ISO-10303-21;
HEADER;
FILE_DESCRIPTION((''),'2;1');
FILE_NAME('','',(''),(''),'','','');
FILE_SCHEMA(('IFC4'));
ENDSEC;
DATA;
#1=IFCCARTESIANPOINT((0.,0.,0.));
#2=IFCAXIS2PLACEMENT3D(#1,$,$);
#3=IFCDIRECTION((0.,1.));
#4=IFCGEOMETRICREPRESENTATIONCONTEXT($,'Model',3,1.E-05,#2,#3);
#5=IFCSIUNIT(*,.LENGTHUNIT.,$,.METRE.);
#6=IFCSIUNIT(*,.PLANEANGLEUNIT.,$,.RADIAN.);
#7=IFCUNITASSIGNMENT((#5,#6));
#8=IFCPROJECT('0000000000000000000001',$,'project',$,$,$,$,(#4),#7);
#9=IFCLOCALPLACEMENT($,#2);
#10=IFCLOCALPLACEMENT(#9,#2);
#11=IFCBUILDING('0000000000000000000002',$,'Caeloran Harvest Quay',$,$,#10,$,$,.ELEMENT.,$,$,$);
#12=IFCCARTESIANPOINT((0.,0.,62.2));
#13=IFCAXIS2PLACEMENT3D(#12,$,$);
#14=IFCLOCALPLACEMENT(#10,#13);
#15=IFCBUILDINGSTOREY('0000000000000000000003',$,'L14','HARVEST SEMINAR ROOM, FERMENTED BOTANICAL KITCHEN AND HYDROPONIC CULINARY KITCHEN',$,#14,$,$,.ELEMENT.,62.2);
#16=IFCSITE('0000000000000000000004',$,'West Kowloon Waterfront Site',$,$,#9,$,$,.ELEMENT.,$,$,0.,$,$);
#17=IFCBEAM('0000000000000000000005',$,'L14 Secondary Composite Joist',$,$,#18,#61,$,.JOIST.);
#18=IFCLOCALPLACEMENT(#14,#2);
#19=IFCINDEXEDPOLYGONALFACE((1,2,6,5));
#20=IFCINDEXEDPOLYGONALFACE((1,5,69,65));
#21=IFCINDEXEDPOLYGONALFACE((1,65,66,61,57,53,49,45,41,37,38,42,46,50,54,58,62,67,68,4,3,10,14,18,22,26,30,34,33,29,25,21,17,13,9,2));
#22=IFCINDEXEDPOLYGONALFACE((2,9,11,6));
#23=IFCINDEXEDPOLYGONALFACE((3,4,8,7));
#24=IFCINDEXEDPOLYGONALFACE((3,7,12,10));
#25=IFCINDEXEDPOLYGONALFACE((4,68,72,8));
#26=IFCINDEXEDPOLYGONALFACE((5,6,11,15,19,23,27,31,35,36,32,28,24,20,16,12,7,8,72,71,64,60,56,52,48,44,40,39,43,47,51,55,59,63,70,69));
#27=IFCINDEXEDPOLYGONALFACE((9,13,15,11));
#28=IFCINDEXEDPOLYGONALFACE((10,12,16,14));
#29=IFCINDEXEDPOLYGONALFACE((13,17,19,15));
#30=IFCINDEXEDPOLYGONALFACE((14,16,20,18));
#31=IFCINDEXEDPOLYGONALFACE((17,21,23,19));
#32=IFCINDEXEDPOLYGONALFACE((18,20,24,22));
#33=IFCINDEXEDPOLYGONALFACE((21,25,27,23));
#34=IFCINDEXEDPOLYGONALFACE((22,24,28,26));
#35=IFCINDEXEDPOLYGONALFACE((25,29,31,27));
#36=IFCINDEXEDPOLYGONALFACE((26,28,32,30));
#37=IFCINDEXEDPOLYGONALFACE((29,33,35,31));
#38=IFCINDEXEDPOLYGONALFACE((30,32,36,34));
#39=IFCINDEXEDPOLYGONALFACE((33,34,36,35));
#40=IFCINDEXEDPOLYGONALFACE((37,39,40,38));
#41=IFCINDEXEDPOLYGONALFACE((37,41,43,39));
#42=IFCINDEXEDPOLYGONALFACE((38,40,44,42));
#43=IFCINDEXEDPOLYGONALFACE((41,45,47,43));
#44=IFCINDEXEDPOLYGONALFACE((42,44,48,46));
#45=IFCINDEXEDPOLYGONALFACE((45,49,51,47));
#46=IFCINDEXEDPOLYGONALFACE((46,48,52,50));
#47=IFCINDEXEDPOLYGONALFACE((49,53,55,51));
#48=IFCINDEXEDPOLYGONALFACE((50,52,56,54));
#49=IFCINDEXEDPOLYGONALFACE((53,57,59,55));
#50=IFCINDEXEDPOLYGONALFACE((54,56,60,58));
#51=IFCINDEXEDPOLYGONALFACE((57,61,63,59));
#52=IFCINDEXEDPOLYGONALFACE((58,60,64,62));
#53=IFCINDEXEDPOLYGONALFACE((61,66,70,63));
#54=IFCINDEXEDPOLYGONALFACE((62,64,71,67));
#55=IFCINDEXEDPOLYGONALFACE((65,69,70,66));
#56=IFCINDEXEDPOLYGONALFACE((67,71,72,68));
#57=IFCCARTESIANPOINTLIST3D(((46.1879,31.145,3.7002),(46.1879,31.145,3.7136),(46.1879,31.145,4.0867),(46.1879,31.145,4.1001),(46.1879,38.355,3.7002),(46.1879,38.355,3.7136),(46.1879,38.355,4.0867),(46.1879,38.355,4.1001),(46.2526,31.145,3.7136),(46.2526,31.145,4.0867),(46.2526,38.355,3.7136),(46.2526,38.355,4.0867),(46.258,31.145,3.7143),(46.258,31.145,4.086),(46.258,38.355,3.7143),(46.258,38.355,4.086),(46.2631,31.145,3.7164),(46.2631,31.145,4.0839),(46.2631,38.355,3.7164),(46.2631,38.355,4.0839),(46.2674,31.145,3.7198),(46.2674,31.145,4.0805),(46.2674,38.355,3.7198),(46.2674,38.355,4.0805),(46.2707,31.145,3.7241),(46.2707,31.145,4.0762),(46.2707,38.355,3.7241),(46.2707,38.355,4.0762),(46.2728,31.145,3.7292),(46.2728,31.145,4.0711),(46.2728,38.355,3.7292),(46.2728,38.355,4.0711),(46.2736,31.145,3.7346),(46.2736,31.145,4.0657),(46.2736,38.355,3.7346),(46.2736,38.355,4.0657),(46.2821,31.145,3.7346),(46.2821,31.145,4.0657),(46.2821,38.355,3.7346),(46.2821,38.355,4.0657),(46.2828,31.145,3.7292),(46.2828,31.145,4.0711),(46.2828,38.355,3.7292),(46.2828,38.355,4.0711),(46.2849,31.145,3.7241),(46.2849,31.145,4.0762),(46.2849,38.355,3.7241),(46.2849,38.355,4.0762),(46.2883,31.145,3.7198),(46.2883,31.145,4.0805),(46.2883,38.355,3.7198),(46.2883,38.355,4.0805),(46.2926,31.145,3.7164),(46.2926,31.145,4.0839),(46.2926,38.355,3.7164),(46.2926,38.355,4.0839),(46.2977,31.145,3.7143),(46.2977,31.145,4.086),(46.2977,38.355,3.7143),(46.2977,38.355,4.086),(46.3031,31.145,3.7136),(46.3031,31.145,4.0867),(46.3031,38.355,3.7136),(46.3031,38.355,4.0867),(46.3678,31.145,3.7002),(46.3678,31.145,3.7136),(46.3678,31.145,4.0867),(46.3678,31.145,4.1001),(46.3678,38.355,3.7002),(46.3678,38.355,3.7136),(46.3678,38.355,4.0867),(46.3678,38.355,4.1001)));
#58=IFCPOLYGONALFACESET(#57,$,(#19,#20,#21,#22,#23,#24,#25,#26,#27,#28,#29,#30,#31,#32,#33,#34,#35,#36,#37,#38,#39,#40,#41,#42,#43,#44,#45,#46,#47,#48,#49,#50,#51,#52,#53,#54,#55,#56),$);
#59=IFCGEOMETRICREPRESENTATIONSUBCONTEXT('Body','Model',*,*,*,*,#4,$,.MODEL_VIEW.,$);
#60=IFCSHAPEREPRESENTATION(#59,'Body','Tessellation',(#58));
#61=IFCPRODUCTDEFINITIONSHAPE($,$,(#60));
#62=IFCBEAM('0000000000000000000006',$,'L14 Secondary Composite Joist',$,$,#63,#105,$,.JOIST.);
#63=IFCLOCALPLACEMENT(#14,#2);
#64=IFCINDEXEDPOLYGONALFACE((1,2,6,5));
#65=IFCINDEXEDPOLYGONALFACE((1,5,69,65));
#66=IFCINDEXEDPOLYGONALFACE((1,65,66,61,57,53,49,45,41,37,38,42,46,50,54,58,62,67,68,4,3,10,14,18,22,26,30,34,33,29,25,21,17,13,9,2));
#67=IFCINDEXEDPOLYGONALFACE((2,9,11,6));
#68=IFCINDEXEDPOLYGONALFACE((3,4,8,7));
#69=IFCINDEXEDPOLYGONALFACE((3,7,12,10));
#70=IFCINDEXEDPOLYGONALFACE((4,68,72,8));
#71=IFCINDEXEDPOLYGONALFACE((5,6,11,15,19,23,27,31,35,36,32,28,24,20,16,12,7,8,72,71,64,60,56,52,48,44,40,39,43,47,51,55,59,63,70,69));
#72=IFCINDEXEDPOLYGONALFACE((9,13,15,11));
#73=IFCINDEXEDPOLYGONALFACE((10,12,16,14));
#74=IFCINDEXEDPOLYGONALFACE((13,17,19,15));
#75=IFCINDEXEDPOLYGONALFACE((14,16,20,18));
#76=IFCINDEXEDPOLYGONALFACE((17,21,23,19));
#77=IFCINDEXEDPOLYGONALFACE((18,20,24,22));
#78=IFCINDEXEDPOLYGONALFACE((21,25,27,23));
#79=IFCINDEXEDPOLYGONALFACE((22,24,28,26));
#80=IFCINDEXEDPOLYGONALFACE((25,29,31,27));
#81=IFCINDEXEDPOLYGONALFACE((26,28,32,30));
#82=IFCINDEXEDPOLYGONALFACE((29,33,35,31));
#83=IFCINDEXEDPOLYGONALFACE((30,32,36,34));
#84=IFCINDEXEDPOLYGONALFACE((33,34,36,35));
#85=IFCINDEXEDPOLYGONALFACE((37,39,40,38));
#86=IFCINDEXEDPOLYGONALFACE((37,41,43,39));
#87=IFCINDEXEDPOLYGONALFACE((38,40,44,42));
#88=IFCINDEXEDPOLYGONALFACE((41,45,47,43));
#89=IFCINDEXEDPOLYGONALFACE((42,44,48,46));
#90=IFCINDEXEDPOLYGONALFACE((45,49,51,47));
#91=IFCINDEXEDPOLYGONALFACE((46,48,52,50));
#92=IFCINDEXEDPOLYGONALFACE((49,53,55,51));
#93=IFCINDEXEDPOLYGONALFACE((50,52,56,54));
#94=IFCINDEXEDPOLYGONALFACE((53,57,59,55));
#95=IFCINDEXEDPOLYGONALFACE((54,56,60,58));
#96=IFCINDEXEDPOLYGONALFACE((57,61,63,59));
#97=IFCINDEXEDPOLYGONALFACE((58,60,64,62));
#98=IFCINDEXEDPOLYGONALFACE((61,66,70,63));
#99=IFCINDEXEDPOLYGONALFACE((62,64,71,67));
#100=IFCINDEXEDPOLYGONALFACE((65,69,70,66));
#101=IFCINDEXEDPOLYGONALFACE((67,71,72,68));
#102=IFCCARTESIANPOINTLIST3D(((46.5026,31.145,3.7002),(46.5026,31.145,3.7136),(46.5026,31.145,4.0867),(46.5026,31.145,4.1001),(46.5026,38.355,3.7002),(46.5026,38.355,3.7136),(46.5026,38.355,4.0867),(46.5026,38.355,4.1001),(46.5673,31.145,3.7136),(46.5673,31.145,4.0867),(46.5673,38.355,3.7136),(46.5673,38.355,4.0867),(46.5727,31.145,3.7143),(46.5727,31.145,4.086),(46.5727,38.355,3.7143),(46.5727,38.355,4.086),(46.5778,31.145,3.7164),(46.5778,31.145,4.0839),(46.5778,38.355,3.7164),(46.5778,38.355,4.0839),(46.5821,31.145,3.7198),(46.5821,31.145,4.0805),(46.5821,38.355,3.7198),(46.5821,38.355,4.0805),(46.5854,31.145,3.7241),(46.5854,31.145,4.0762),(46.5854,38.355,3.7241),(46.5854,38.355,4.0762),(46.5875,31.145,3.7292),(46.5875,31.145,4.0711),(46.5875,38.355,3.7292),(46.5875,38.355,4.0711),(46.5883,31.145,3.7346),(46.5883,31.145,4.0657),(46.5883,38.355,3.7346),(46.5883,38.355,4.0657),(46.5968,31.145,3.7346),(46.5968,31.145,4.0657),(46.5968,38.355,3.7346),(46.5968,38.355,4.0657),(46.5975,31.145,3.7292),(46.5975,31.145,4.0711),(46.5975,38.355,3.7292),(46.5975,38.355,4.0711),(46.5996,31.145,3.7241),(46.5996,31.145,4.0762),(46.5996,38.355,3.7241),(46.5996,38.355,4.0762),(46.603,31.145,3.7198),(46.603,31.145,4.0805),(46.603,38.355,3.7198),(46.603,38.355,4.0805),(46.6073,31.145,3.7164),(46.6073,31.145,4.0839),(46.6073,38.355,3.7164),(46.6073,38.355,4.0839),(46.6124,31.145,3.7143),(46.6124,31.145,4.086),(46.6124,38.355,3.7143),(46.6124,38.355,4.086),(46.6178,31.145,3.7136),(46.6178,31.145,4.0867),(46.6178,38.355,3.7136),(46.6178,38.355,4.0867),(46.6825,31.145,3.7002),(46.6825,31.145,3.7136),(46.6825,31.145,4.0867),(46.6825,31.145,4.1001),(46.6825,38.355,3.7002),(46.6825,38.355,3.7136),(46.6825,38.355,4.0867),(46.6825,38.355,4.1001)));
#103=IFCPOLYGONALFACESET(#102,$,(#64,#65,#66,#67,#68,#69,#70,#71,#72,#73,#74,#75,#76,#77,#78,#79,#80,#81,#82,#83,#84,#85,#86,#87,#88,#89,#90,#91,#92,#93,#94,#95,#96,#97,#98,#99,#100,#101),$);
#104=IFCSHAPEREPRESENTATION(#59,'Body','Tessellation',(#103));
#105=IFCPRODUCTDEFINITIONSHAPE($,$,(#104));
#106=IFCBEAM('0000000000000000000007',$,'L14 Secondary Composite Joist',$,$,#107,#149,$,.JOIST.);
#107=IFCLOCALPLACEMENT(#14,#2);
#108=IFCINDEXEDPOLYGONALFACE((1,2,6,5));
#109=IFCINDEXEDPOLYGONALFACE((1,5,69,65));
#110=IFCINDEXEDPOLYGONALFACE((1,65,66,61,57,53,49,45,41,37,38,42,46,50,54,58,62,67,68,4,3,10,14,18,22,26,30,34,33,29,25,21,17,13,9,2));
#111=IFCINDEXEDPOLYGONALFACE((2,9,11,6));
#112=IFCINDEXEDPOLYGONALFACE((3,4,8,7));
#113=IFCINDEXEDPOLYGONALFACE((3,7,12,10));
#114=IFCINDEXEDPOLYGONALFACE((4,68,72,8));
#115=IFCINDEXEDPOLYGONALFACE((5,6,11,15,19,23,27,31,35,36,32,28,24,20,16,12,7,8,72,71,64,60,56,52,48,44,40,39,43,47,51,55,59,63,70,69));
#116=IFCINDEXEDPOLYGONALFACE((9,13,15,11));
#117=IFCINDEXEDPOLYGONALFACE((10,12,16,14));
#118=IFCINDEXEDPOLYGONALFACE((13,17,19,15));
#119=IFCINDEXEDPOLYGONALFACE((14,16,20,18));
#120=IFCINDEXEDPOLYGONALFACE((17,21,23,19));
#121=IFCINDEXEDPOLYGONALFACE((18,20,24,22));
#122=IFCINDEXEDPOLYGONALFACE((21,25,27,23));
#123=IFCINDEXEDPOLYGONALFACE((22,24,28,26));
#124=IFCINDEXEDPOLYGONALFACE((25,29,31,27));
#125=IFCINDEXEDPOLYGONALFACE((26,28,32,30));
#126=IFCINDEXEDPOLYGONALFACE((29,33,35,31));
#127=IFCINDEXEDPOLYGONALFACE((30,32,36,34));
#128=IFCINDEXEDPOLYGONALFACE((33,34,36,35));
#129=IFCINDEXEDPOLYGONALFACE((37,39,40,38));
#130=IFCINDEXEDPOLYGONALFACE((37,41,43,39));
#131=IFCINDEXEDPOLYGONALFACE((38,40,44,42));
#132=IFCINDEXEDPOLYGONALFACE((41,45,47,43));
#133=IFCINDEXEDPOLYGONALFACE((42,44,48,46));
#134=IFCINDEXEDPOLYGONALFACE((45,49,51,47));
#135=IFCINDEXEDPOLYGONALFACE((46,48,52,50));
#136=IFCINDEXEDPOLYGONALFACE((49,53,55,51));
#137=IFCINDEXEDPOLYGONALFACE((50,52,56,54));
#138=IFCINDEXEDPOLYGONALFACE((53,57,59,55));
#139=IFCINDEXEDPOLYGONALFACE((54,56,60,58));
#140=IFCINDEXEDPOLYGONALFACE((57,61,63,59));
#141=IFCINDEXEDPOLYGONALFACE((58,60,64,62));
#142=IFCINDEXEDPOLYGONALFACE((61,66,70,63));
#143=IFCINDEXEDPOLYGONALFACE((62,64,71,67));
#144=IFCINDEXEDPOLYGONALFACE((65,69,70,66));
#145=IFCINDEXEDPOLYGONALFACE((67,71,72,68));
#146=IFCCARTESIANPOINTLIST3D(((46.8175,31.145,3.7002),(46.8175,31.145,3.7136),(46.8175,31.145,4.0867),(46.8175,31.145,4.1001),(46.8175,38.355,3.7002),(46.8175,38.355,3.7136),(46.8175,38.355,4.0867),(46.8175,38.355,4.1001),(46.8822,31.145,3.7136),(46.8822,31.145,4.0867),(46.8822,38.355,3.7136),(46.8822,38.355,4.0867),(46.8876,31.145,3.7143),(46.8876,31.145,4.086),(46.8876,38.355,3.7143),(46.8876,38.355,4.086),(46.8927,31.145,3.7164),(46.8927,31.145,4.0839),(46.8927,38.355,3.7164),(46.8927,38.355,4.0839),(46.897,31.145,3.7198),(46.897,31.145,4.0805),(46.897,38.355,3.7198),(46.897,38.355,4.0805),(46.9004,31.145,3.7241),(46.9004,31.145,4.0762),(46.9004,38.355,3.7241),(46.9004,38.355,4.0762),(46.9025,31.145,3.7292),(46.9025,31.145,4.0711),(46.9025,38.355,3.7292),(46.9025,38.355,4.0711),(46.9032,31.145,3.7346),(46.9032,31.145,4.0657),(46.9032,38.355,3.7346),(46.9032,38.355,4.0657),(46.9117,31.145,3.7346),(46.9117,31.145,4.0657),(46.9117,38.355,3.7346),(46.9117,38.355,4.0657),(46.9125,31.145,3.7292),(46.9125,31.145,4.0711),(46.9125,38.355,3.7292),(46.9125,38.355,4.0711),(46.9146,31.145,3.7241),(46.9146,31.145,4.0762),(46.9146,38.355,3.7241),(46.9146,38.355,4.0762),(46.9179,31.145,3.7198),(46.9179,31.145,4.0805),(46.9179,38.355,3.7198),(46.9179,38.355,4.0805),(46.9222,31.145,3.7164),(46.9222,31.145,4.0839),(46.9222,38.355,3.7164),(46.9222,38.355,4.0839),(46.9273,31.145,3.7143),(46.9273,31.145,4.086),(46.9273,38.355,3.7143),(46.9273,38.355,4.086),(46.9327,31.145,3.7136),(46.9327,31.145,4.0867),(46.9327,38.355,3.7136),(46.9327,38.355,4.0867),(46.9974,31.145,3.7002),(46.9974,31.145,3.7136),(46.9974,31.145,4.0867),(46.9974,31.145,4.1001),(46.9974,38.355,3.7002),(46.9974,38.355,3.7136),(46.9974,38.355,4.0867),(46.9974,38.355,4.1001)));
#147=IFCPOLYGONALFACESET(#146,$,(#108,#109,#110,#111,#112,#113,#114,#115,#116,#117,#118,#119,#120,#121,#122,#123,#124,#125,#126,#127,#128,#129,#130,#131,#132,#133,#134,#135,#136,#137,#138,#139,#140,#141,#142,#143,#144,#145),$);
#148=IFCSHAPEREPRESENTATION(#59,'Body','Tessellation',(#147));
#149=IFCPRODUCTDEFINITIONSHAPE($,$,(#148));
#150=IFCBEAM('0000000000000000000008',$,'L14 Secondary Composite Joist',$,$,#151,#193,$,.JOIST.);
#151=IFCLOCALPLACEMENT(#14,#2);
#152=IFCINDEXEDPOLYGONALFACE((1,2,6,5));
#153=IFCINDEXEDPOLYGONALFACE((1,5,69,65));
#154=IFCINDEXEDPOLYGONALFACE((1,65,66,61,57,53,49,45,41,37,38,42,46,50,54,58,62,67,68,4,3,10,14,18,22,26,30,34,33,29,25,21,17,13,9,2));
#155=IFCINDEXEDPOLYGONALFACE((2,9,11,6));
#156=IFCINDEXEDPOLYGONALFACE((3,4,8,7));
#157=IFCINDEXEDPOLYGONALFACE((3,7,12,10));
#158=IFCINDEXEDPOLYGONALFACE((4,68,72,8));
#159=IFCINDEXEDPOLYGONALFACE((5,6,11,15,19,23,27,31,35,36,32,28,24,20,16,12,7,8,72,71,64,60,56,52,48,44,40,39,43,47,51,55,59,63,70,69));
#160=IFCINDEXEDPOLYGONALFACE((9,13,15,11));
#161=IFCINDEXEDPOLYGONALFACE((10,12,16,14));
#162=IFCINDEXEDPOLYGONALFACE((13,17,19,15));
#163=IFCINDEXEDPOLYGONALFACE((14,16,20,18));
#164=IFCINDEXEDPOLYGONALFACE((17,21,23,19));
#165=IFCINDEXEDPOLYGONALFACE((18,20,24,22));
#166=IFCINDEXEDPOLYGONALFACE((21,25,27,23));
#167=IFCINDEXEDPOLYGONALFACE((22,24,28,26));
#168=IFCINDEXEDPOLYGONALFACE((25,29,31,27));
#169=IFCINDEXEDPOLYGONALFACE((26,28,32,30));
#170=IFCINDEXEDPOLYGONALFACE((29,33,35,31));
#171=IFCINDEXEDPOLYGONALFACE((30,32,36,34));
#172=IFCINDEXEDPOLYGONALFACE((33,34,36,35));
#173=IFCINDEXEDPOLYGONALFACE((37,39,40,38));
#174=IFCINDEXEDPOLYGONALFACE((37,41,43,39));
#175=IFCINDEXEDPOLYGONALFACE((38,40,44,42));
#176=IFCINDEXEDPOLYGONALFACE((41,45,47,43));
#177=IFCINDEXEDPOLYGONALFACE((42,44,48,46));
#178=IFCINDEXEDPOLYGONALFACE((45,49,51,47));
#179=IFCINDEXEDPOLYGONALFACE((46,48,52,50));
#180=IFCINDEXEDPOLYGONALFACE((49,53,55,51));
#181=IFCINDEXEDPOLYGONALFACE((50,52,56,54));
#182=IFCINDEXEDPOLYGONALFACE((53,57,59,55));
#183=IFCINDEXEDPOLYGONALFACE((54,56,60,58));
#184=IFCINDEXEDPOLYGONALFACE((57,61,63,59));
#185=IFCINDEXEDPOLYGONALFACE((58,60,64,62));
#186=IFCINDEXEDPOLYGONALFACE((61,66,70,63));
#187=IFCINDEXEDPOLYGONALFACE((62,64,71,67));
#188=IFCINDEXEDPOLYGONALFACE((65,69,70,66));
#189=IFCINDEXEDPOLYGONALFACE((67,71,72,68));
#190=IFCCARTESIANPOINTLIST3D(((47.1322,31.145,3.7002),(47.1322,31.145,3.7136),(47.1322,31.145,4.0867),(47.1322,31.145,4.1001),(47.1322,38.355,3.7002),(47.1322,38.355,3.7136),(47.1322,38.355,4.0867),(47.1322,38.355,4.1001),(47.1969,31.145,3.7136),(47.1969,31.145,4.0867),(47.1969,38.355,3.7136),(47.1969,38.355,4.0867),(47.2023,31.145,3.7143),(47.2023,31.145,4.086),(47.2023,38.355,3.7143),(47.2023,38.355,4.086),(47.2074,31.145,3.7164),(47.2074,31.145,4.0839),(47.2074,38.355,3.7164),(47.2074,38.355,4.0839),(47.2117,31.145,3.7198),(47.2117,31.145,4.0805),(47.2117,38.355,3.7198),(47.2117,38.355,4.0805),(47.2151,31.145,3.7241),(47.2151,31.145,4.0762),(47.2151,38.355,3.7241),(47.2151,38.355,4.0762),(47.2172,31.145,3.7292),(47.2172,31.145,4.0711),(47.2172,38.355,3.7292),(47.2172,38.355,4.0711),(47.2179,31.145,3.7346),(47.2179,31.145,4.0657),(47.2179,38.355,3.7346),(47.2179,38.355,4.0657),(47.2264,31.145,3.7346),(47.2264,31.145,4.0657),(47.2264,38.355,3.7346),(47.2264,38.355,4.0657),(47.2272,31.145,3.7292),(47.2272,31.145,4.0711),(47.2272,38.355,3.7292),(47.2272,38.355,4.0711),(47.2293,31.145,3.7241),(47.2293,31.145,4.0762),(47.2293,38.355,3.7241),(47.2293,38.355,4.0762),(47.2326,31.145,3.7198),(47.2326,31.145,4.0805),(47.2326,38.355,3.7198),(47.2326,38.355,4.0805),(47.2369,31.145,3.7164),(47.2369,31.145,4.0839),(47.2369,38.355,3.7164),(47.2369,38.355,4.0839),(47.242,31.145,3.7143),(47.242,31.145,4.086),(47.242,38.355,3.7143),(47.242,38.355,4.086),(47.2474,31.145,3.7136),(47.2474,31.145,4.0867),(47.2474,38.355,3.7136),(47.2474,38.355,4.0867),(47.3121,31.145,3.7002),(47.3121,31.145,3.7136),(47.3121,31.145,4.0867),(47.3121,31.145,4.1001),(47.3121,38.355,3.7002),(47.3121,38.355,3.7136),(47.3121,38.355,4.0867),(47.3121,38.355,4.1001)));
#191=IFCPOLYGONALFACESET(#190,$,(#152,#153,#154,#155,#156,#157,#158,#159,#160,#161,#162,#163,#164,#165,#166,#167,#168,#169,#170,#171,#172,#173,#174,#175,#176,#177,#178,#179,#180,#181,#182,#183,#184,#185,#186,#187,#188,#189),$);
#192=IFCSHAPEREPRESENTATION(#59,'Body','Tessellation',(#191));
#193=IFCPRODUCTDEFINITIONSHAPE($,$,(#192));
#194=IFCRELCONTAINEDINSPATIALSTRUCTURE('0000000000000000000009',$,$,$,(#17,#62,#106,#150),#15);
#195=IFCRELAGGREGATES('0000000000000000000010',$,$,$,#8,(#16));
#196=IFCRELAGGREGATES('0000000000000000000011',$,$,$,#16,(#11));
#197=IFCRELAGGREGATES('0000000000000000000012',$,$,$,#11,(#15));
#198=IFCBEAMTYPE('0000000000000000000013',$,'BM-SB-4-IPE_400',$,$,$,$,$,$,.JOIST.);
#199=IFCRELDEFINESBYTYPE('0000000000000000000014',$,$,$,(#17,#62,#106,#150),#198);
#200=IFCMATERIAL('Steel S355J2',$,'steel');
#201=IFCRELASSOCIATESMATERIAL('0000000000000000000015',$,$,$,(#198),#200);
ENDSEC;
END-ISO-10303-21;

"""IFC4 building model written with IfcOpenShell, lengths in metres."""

from ifc_helpers import new_model, si_unit, direction, frame, origin, origin_2d, place, context, subcontext, project, spatial, i_section, extrude, material, material_profile, profile_set, type_object, element, save


model = new_model("IFC4")

# Units and contexts
model_context = context("Model", 3, precision=1e-05, world=origin(), true_north=direction((0.0, 1.0)))
body_context = subcontext(model_context, "Body", "Model", "MODEL_VIEW")
ifc_project = project(units=[si_unit("LENGTHUNIT", "METRE"), si_unit("PLANEANGLEUNIT", "RADIAN")], contexts=[model_context])

# Site, building, storey
site_placement = place(None, origin())
site = spatial("IfcSite", under=ifc_project, at=site_placement, Name="West Kowloon Waterfront Site", CompositionType="ELEMENT", RefElevation=0.0)
building_placement = place(site_placement, origin())
building = spatial("IfcBuilding", under=site, at=building_placement, Name="Caeloran Harvest Quay", CompositionType="ELEMENT")
storey_placement = place(building_placement, frame((0.0, 0.0, 62.2)))
storey = spatial("IfcBuildingStorey", under=building, at=storey_placement, Name="L14", Description="HARVEST SEMINAR ROOM, FERMENTED BOTANICAL KITCHEN AND HYDROPONIC CULINARY KITCHEN", CompositionType="ELEMENT", Elevation=62.2)

# Beams
ifc_material_1 = material(Name="Steel S355J2", Category="steel")
ifc_material_profile_1 = material_profile(ifc_material_1, i_section(OverallWidth=0.1799, OverallDepth=0.3999, WebThickness=0.0085, FlangeThickness=0.0134, FilletRadius=0.021, at=origin_2d()), Name="IPE 400")
ifc_profile_set_1 = profile_set([ifc_material_profile_1], Name="Steel S355J2")
beam_type_1 = type_object("IfcBeamType", Name="BM-SB-4-IPE_400", PredefinedType="JOIST", material=ifc_profile_set_1)
for number, where, z_axis, x_axis, name in (
    (1, (46.2778, 31.145, 3.9001), (0.0, 1.0, 0.0), (-1.0, 0.0, 0.0), "L14 Secondary Composite Joist"),
    (2, (46.5925, 31.145, 3.9001), (0.0, 1.0, 0.0), (-1.0, 0.0, 0.0), "L14 Secondary Composite Joist"),
    (3, (46.9075, 31.145, 3.9001), (0.0, 1.0, 0.0), (-1.0, 0.0, 0.0), "L14 Secondary Composite Joist"),
    (4, (47.2222, 31.145, 3.9001), (0.0, 1.0, 0.0), (-1.0, 0.0, 0.0), "L14 Secondary Composite Joist"),
):
    element("IfcBeam", number, at=place(storey_placement, frame(where, z_axis=z_axis, x_axis=x_axis)), inside=storey, type_object=beam_type_1, Name=name, PredefinedType="JOIST", context=body_context, shape_type="SweptSolid", body=[
        extrude(i_section(OverallWidth=0.1799, OverallDepth=0.3999, WebThickness=0.0085, FlangeThickness=0.0134, FilletRadius=0.021, at=origin_2d()), origin(), (0.0, 0.0, 1.0), 7.21),
    ])

save(model, "model.ifc")
